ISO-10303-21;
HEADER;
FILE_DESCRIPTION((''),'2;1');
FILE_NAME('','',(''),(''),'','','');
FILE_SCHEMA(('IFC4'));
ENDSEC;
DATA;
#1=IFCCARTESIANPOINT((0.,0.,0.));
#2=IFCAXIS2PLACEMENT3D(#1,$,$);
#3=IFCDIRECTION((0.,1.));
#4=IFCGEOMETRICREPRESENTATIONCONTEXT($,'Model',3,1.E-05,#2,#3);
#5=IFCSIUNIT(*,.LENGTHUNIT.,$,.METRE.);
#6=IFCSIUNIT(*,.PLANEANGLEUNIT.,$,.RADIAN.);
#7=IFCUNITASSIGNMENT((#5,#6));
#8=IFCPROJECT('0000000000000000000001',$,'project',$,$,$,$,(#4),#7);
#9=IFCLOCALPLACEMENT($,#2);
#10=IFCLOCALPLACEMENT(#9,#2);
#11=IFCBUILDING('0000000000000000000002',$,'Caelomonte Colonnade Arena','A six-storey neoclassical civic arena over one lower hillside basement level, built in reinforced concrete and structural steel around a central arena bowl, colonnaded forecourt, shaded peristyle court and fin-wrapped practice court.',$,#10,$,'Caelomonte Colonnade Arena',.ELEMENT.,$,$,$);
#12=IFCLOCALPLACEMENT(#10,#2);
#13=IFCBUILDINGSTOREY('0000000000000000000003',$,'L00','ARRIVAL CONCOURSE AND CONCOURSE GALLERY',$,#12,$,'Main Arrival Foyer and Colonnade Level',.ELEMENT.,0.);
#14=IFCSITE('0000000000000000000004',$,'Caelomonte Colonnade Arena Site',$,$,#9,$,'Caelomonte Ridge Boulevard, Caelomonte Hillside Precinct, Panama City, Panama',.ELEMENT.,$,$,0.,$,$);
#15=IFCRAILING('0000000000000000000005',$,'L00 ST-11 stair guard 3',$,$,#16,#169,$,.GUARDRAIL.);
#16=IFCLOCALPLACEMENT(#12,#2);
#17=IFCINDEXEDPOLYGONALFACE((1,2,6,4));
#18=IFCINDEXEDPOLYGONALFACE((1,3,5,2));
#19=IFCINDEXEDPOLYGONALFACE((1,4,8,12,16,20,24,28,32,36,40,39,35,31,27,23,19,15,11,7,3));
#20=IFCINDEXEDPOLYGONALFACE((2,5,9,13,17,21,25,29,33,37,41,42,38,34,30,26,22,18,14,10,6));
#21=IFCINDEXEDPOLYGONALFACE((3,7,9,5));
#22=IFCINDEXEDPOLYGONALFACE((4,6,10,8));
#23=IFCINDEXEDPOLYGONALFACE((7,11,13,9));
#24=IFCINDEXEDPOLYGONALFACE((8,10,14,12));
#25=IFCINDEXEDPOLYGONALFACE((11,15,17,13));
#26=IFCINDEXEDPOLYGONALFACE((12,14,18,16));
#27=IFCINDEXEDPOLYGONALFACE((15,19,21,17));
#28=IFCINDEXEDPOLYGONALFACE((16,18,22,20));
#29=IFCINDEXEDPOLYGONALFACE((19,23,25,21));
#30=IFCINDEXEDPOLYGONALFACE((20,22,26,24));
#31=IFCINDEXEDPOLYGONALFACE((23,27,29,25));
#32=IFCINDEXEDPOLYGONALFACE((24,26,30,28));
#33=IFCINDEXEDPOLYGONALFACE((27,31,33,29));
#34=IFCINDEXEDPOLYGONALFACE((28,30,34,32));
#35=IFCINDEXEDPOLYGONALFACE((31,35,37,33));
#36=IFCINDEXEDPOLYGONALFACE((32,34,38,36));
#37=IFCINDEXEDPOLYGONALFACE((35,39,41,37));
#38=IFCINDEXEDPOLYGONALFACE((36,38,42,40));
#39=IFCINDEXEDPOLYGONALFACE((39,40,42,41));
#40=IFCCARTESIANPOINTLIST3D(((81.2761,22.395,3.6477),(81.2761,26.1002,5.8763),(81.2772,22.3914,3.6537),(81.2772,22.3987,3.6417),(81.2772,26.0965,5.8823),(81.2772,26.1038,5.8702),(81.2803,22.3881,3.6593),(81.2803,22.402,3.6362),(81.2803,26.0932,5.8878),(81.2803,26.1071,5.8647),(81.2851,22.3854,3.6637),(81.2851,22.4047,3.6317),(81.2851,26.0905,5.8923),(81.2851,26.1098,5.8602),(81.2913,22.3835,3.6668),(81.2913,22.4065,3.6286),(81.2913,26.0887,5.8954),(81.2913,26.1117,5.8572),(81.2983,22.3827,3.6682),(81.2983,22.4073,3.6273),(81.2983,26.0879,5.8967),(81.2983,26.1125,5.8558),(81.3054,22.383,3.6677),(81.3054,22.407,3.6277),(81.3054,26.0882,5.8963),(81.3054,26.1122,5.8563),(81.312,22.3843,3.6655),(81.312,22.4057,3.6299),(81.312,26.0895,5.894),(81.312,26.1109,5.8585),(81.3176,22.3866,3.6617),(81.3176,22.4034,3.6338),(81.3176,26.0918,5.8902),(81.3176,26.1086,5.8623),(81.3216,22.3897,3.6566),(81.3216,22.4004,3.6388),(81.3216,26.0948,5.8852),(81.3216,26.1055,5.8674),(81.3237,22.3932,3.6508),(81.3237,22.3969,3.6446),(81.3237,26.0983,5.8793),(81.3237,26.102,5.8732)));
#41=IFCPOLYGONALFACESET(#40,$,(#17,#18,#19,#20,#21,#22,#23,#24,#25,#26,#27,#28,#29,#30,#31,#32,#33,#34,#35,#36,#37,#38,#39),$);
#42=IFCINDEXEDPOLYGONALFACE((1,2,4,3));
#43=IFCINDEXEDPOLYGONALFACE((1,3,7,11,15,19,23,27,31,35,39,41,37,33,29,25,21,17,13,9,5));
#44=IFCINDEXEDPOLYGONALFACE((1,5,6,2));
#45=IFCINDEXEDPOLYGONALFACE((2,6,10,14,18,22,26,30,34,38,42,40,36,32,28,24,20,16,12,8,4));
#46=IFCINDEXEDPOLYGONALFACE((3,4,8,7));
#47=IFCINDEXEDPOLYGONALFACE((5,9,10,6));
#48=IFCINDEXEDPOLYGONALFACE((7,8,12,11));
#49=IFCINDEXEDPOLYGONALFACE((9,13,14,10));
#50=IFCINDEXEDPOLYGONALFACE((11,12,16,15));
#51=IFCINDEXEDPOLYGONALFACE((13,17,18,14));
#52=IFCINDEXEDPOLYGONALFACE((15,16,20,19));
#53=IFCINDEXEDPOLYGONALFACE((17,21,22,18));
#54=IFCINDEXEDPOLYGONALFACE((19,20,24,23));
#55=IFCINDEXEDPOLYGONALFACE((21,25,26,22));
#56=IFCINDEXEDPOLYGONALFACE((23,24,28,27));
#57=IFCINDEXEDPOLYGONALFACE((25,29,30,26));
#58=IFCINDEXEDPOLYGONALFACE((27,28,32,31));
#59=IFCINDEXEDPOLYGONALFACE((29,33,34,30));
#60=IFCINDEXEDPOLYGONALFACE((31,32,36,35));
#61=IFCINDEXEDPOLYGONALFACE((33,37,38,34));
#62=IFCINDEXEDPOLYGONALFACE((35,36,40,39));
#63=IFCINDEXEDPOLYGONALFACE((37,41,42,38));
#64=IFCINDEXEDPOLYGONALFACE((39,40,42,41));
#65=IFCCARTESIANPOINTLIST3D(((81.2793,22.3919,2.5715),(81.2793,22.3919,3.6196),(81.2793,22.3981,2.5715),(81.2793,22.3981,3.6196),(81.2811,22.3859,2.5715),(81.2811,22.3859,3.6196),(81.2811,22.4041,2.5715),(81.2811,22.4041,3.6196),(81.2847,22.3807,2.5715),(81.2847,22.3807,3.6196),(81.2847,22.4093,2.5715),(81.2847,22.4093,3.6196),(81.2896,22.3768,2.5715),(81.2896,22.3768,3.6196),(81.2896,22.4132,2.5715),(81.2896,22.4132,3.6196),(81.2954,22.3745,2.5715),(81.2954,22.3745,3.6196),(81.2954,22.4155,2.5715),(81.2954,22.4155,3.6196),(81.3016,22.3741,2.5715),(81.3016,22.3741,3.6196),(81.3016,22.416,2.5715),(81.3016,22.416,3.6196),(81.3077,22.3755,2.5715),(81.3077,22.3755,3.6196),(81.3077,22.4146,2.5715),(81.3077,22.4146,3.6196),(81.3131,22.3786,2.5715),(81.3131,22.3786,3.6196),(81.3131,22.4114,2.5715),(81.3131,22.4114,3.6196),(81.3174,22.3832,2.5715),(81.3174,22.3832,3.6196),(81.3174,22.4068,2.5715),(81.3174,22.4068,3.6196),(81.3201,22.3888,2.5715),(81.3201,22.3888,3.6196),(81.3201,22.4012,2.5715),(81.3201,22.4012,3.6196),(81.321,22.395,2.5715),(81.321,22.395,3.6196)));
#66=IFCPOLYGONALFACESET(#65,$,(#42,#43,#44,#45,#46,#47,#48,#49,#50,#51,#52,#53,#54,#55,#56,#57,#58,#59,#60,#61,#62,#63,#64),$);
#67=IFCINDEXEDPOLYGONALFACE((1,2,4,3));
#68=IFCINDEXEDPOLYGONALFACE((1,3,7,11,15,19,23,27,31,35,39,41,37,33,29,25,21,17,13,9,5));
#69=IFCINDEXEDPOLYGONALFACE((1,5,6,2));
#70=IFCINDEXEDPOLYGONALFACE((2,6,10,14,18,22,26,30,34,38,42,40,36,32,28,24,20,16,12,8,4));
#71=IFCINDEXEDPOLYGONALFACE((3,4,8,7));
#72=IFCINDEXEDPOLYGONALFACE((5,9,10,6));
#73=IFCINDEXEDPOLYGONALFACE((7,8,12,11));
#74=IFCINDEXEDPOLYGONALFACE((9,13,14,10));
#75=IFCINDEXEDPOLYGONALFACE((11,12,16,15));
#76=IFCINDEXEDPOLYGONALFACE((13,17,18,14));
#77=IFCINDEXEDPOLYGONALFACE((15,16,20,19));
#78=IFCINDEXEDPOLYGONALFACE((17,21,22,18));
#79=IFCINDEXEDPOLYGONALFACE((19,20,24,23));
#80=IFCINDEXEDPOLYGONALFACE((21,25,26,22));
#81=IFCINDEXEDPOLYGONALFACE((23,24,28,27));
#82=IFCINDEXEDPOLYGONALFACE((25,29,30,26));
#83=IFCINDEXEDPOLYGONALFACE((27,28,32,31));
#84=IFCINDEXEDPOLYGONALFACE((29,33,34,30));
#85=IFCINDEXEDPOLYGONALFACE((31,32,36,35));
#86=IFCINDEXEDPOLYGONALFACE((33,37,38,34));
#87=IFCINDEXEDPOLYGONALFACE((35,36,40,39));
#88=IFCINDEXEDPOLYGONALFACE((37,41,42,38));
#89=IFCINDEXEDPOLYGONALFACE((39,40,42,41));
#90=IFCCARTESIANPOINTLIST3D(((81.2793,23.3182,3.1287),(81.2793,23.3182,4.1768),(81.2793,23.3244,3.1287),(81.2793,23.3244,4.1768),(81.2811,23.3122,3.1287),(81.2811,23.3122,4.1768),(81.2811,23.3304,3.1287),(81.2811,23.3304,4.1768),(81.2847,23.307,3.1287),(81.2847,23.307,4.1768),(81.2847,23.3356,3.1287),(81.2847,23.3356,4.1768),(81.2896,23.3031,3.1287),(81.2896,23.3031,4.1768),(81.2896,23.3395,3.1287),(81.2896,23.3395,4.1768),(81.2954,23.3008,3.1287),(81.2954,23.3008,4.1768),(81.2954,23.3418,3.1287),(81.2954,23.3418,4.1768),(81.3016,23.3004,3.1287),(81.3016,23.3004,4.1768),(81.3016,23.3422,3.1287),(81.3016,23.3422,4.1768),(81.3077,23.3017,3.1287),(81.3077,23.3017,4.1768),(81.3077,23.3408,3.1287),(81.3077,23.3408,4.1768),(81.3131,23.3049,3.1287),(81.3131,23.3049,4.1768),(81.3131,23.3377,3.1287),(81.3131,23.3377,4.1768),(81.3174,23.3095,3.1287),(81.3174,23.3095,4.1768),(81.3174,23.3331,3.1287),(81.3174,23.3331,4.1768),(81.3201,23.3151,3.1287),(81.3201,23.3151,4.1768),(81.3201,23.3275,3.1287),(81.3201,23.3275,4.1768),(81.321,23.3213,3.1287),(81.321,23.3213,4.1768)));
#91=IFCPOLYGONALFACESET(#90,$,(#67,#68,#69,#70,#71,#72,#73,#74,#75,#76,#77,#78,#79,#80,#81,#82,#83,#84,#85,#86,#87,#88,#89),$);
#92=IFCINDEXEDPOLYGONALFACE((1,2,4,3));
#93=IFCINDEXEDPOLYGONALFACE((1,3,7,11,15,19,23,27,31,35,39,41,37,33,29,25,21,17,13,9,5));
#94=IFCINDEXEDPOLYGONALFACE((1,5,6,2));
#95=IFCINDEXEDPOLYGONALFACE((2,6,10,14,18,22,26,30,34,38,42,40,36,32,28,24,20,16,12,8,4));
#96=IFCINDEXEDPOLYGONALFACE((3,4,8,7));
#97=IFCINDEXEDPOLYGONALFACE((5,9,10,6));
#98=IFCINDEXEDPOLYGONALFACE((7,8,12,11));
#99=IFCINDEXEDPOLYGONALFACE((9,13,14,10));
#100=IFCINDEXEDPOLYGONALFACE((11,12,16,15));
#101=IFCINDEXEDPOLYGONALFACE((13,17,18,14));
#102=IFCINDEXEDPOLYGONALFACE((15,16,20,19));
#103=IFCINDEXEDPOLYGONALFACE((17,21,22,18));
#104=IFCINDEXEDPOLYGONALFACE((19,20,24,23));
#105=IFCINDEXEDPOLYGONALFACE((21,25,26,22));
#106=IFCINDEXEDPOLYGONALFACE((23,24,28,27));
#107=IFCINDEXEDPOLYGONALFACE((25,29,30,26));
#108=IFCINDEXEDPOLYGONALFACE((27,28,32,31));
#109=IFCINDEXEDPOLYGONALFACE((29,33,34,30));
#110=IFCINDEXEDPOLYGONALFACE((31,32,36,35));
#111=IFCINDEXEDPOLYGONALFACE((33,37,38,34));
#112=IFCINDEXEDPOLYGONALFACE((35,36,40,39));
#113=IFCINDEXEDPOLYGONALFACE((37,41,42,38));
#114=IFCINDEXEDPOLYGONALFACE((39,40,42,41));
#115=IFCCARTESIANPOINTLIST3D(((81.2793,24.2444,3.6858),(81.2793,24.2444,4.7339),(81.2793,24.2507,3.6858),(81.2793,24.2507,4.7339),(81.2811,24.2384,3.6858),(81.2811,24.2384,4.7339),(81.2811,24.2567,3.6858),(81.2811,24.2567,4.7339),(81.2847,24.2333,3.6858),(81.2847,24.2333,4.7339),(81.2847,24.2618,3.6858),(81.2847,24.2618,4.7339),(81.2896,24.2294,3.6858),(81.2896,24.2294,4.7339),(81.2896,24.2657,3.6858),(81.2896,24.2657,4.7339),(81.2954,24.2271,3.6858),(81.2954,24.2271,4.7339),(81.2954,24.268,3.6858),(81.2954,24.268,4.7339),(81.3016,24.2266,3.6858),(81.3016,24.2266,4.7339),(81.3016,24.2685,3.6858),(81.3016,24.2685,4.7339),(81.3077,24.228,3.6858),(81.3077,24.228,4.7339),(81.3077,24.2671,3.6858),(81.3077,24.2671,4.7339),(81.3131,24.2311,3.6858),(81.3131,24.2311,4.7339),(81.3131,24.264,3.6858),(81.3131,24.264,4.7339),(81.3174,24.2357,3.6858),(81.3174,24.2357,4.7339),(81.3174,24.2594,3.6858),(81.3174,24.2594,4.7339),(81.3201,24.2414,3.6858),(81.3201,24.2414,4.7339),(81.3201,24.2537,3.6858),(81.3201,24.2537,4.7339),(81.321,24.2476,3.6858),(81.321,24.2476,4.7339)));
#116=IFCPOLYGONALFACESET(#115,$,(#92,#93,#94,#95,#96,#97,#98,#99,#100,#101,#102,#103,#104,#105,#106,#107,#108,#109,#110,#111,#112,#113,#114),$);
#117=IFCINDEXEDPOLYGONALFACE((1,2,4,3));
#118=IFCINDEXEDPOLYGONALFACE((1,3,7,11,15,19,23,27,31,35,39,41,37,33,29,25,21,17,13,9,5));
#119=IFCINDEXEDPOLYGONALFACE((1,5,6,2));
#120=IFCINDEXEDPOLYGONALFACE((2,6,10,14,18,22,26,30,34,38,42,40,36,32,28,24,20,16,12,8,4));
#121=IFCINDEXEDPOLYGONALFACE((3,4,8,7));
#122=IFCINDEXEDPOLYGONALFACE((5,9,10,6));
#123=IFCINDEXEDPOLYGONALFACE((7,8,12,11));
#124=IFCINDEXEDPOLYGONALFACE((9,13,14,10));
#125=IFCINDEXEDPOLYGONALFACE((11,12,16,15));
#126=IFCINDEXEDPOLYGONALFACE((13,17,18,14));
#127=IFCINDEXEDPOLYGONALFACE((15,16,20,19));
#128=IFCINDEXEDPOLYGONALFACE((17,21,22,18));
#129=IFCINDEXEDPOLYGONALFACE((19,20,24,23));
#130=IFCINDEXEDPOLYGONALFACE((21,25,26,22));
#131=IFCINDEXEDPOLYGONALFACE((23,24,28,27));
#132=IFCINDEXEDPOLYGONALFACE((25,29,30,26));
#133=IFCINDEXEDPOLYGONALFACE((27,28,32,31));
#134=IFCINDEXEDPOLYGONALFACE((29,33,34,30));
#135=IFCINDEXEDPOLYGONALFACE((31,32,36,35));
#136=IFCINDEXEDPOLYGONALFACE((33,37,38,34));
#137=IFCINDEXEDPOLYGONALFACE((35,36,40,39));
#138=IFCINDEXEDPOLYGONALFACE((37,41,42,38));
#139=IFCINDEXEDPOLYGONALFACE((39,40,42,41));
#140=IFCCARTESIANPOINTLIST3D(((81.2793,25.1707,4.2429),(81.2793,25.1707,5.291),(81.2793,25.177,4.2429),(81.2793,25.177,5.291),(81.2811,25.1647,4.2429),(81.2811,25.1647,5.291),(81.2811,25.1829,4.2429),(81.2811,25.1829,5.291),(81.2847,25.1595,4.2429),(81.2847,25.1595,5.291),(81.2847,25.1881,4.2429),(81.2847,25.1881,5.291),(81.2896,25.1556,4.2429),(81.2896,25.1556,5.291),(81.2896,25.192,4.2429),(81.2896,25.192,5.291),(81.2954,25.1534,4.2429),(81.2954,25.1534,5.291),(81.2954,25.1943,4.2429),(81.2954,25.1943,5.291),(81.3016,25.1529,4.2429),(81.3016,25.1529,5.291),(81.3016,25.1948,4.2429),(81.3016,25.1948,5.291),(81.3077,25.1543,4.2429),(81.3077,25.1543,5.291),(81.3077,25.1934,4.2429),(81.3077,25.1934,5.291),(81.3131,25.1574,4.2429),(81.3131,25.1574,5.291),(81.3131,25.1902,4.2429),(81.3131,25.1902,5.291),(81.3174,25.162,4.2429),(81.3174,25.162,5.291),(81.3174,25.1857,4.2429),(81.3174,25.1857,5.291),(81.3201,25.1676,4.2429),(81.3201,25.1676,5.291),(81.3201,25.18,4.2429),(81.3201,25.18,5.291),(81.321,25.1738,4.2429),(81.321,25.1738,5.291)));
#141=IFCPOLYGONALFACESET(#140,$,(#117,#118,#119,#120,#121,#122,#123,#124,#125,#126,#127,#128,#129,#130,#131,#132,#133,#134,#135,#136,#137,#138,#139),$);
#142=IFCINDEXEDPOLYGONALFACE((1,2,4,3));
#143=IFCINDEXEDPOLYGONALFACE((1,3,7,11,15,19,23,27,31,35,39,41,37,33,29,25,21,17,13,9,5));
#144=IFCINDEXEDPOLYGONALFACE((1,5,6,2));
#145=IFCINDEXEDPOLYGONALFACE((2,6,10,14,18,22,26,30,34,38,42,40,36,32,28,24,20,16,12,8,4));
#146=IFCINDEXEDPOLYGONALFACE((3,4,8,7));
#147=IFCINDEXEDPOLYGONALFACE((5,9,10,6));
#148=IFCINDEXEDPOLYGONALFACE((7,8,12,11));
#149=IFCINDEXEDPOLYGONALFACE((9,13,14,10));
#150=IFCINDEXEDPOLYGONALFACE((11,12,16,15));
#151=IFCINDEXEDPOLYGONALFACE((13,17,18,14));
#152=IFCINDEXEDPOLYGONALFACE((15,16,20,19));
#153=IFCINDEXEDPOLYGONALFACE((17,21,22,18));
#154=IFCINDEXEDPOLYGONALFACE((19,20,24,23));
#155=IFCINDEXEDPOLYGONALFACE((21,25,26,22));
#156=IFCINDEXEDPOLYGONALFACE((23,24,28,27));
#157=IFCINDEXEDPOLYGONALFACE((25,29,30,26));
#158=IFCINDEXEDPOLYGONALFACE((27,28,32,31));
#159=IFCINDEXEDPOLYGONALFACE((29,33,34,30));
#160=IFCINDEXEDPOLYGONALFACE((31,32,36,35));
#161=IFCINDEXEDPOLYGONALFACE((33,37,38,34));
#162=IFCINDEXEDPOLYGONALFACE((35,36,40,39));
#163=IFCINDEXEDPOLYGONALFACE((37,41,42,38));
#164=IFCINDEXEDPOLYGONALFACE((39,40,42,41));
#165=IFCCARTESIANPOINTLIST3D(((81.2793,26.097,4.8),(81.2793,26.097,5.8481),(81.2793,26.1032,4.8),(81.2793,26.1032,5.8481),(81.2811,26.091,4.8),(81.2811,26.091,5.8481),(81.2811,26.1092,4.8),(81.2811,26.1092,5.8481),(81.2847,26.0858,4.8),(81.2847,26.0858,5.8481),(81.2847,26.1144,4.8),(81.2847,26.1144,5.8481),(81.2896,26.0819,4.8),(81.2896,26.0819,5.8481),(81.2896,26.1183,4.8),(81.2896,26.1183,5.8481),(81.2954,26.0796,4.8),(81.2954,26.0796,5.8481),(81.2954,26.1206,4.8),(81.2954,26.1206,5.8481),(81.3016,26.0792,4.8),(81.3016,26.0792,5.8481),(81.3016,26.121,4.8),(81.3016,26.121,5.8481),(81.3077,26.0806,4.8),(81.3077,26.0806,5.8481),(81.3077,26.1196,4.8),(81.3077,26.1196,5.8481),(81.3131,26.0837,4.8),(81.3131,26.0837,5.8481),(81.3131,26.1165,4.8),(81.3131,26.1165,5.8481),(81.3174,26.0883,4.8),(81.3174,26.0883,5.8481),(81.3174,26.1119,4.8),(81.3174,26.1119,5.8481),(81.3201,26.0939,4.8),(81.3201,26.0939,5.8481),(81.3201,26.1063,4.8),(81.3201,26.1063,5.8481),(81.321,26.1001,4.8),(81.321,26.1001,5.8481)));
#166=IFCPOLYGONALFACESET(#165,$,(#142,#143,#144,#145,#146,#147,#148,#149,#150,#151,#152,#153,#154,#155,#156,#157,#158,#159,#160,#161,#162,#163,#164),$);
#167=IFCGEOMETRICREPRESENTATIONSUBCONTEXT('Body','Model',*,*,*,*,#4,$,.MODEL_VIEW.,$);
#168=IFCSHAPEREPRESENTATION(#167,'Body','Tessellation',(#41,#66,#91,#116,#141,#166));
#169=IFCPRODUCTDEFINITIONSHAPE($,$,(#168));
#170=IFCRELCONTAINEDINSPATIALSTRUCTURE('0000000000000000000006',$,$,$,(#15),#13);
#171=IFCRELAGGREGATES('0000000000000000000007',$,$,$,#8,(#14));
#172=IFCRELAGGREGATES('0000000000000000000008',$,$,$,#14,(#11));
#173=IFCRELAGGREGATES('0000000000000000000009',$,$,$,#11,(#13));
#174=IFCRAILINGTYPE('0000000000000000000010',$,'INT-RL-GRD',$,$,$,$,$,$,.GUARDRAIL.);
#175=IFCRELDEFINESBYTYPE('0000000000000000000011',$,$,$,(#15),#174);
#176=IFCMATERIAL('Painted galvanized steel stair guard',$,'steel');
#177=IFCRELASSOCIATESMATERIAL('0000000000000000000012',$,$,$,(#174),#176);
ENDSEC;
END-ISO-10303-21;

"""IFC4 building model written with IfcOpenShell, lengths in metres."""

from ifc_helpers import new_model, si_unit, direction, frame, origin, origin_2d, place, context, subcontext, project, spatial, circle, extrude, material, type_object, element, save


model = new_model("IFC4")

# Units and contexts
model_context = context("Model", 3, precision=1e-05, world=origin(), true_north=direction((0.0, 1.0)))
body_context = subcontext(model_context, "Body", "Model", "MODEL_VIEW")
ifc_project = project(units=[si_unit("LENGTHUNIT", "METRE"), si_unit("PLANEANGLEUNIT", "RADIAN")], contexts=[model_context])

# Site, building, storey
site_placement = place(None, origin())
site = spatial("IfcSite", under=ifc_project, at=site_placement, Name="Caelomonte Colonnade Arena Site", LongName="Caelomonte Ridge Boulevard, Caelomonte Hillside Precinct, Panama City, Panama", CompositionType="ELEMENT", RefElevation=0.0)
building_placement = place(site_placement, origin())
building = spatial("IfcBuilding", under=site, at=building_placement, Name="Caelomonte Colonnade Arena", Description="A six-storey neoclassical civic arena over one lower hillside basement level, built in reinforced concrete and structural steel around a central arena bowl, colonnaded forecourt, shaded peristyle court and fin-wrapped practice court.", LongName="Caelomonte Colonnade Arena", CompositionType="ELEMENT")
storey_placement = place(building_placement, origin())
storey = spatial("IfcBuildingStorey", under=building, at=storey_placement, Name="L00", Description="ARRIVAL CONCOURSE AND CONCOURSE GALLERY", LongName="Main Arrival Foyer and Colonnade Level", CompositionType="ELEMENT", Elevation=0.0)

# Railing
ifc_material_1 = material(Name="Painted galvanized steel stair guard", Category="steel")
railing_type_1 = type_object("IfcRailingType", Name="INT-RL-GRD", PredefinedType="GUARDRAIL", material=ifc_material_1)
railing_1_placement = place(storey_placement, frame((81.3, 22.395, 2.5715)))
element("IfcRailing", 1, at=railing_1_placement, inside=storey, type_object=railing_type_1, Name="L00 ST-11 stair guard 3", PredefinedType="GUARDRAIL", context=body_context, shape_type="SweptSolid", body=[
    extrude(circle(Radius=0.0239, at=origin_2d()), frame((0.0, 0.0, 1.0762), z_axis=(0.0, 0.856934, 0.515425), x_axis=(-1.0, 0.0, 0.0)), (0.0, 0.0, 1.0), 4.3237),
    extrude(circle(Radius=0.021, at=origin_2d()), origin(), (0.0, 0.0, 1.0), 1.0481),
    extrude(circle(Radius=0.021, at=origin_2d()), frame((0.0, 0.9263, 0.5571)), (0.0, 0.0, 1.0), 1.0481),
    extrude(circle(Radius=0.021, at=origin_2d()), frame((0.0, 1.8525, 1.1143)), (0.0, 0.0, 1.0), 1.0481),
    extrude(circle(Radius=0.021, at=origin_2d()), frame((0.0, 2.7788, 1.6714)), (0.0, 0.0, 1.0), 1.0481),
    extrude(circle(Radius=0.021, at=origin_2d()), frame((0.0, 3.7051, 2.2285)), (0.0, 0.0, 1.0), 1.0481),
])

save(model, "model.ifc")
